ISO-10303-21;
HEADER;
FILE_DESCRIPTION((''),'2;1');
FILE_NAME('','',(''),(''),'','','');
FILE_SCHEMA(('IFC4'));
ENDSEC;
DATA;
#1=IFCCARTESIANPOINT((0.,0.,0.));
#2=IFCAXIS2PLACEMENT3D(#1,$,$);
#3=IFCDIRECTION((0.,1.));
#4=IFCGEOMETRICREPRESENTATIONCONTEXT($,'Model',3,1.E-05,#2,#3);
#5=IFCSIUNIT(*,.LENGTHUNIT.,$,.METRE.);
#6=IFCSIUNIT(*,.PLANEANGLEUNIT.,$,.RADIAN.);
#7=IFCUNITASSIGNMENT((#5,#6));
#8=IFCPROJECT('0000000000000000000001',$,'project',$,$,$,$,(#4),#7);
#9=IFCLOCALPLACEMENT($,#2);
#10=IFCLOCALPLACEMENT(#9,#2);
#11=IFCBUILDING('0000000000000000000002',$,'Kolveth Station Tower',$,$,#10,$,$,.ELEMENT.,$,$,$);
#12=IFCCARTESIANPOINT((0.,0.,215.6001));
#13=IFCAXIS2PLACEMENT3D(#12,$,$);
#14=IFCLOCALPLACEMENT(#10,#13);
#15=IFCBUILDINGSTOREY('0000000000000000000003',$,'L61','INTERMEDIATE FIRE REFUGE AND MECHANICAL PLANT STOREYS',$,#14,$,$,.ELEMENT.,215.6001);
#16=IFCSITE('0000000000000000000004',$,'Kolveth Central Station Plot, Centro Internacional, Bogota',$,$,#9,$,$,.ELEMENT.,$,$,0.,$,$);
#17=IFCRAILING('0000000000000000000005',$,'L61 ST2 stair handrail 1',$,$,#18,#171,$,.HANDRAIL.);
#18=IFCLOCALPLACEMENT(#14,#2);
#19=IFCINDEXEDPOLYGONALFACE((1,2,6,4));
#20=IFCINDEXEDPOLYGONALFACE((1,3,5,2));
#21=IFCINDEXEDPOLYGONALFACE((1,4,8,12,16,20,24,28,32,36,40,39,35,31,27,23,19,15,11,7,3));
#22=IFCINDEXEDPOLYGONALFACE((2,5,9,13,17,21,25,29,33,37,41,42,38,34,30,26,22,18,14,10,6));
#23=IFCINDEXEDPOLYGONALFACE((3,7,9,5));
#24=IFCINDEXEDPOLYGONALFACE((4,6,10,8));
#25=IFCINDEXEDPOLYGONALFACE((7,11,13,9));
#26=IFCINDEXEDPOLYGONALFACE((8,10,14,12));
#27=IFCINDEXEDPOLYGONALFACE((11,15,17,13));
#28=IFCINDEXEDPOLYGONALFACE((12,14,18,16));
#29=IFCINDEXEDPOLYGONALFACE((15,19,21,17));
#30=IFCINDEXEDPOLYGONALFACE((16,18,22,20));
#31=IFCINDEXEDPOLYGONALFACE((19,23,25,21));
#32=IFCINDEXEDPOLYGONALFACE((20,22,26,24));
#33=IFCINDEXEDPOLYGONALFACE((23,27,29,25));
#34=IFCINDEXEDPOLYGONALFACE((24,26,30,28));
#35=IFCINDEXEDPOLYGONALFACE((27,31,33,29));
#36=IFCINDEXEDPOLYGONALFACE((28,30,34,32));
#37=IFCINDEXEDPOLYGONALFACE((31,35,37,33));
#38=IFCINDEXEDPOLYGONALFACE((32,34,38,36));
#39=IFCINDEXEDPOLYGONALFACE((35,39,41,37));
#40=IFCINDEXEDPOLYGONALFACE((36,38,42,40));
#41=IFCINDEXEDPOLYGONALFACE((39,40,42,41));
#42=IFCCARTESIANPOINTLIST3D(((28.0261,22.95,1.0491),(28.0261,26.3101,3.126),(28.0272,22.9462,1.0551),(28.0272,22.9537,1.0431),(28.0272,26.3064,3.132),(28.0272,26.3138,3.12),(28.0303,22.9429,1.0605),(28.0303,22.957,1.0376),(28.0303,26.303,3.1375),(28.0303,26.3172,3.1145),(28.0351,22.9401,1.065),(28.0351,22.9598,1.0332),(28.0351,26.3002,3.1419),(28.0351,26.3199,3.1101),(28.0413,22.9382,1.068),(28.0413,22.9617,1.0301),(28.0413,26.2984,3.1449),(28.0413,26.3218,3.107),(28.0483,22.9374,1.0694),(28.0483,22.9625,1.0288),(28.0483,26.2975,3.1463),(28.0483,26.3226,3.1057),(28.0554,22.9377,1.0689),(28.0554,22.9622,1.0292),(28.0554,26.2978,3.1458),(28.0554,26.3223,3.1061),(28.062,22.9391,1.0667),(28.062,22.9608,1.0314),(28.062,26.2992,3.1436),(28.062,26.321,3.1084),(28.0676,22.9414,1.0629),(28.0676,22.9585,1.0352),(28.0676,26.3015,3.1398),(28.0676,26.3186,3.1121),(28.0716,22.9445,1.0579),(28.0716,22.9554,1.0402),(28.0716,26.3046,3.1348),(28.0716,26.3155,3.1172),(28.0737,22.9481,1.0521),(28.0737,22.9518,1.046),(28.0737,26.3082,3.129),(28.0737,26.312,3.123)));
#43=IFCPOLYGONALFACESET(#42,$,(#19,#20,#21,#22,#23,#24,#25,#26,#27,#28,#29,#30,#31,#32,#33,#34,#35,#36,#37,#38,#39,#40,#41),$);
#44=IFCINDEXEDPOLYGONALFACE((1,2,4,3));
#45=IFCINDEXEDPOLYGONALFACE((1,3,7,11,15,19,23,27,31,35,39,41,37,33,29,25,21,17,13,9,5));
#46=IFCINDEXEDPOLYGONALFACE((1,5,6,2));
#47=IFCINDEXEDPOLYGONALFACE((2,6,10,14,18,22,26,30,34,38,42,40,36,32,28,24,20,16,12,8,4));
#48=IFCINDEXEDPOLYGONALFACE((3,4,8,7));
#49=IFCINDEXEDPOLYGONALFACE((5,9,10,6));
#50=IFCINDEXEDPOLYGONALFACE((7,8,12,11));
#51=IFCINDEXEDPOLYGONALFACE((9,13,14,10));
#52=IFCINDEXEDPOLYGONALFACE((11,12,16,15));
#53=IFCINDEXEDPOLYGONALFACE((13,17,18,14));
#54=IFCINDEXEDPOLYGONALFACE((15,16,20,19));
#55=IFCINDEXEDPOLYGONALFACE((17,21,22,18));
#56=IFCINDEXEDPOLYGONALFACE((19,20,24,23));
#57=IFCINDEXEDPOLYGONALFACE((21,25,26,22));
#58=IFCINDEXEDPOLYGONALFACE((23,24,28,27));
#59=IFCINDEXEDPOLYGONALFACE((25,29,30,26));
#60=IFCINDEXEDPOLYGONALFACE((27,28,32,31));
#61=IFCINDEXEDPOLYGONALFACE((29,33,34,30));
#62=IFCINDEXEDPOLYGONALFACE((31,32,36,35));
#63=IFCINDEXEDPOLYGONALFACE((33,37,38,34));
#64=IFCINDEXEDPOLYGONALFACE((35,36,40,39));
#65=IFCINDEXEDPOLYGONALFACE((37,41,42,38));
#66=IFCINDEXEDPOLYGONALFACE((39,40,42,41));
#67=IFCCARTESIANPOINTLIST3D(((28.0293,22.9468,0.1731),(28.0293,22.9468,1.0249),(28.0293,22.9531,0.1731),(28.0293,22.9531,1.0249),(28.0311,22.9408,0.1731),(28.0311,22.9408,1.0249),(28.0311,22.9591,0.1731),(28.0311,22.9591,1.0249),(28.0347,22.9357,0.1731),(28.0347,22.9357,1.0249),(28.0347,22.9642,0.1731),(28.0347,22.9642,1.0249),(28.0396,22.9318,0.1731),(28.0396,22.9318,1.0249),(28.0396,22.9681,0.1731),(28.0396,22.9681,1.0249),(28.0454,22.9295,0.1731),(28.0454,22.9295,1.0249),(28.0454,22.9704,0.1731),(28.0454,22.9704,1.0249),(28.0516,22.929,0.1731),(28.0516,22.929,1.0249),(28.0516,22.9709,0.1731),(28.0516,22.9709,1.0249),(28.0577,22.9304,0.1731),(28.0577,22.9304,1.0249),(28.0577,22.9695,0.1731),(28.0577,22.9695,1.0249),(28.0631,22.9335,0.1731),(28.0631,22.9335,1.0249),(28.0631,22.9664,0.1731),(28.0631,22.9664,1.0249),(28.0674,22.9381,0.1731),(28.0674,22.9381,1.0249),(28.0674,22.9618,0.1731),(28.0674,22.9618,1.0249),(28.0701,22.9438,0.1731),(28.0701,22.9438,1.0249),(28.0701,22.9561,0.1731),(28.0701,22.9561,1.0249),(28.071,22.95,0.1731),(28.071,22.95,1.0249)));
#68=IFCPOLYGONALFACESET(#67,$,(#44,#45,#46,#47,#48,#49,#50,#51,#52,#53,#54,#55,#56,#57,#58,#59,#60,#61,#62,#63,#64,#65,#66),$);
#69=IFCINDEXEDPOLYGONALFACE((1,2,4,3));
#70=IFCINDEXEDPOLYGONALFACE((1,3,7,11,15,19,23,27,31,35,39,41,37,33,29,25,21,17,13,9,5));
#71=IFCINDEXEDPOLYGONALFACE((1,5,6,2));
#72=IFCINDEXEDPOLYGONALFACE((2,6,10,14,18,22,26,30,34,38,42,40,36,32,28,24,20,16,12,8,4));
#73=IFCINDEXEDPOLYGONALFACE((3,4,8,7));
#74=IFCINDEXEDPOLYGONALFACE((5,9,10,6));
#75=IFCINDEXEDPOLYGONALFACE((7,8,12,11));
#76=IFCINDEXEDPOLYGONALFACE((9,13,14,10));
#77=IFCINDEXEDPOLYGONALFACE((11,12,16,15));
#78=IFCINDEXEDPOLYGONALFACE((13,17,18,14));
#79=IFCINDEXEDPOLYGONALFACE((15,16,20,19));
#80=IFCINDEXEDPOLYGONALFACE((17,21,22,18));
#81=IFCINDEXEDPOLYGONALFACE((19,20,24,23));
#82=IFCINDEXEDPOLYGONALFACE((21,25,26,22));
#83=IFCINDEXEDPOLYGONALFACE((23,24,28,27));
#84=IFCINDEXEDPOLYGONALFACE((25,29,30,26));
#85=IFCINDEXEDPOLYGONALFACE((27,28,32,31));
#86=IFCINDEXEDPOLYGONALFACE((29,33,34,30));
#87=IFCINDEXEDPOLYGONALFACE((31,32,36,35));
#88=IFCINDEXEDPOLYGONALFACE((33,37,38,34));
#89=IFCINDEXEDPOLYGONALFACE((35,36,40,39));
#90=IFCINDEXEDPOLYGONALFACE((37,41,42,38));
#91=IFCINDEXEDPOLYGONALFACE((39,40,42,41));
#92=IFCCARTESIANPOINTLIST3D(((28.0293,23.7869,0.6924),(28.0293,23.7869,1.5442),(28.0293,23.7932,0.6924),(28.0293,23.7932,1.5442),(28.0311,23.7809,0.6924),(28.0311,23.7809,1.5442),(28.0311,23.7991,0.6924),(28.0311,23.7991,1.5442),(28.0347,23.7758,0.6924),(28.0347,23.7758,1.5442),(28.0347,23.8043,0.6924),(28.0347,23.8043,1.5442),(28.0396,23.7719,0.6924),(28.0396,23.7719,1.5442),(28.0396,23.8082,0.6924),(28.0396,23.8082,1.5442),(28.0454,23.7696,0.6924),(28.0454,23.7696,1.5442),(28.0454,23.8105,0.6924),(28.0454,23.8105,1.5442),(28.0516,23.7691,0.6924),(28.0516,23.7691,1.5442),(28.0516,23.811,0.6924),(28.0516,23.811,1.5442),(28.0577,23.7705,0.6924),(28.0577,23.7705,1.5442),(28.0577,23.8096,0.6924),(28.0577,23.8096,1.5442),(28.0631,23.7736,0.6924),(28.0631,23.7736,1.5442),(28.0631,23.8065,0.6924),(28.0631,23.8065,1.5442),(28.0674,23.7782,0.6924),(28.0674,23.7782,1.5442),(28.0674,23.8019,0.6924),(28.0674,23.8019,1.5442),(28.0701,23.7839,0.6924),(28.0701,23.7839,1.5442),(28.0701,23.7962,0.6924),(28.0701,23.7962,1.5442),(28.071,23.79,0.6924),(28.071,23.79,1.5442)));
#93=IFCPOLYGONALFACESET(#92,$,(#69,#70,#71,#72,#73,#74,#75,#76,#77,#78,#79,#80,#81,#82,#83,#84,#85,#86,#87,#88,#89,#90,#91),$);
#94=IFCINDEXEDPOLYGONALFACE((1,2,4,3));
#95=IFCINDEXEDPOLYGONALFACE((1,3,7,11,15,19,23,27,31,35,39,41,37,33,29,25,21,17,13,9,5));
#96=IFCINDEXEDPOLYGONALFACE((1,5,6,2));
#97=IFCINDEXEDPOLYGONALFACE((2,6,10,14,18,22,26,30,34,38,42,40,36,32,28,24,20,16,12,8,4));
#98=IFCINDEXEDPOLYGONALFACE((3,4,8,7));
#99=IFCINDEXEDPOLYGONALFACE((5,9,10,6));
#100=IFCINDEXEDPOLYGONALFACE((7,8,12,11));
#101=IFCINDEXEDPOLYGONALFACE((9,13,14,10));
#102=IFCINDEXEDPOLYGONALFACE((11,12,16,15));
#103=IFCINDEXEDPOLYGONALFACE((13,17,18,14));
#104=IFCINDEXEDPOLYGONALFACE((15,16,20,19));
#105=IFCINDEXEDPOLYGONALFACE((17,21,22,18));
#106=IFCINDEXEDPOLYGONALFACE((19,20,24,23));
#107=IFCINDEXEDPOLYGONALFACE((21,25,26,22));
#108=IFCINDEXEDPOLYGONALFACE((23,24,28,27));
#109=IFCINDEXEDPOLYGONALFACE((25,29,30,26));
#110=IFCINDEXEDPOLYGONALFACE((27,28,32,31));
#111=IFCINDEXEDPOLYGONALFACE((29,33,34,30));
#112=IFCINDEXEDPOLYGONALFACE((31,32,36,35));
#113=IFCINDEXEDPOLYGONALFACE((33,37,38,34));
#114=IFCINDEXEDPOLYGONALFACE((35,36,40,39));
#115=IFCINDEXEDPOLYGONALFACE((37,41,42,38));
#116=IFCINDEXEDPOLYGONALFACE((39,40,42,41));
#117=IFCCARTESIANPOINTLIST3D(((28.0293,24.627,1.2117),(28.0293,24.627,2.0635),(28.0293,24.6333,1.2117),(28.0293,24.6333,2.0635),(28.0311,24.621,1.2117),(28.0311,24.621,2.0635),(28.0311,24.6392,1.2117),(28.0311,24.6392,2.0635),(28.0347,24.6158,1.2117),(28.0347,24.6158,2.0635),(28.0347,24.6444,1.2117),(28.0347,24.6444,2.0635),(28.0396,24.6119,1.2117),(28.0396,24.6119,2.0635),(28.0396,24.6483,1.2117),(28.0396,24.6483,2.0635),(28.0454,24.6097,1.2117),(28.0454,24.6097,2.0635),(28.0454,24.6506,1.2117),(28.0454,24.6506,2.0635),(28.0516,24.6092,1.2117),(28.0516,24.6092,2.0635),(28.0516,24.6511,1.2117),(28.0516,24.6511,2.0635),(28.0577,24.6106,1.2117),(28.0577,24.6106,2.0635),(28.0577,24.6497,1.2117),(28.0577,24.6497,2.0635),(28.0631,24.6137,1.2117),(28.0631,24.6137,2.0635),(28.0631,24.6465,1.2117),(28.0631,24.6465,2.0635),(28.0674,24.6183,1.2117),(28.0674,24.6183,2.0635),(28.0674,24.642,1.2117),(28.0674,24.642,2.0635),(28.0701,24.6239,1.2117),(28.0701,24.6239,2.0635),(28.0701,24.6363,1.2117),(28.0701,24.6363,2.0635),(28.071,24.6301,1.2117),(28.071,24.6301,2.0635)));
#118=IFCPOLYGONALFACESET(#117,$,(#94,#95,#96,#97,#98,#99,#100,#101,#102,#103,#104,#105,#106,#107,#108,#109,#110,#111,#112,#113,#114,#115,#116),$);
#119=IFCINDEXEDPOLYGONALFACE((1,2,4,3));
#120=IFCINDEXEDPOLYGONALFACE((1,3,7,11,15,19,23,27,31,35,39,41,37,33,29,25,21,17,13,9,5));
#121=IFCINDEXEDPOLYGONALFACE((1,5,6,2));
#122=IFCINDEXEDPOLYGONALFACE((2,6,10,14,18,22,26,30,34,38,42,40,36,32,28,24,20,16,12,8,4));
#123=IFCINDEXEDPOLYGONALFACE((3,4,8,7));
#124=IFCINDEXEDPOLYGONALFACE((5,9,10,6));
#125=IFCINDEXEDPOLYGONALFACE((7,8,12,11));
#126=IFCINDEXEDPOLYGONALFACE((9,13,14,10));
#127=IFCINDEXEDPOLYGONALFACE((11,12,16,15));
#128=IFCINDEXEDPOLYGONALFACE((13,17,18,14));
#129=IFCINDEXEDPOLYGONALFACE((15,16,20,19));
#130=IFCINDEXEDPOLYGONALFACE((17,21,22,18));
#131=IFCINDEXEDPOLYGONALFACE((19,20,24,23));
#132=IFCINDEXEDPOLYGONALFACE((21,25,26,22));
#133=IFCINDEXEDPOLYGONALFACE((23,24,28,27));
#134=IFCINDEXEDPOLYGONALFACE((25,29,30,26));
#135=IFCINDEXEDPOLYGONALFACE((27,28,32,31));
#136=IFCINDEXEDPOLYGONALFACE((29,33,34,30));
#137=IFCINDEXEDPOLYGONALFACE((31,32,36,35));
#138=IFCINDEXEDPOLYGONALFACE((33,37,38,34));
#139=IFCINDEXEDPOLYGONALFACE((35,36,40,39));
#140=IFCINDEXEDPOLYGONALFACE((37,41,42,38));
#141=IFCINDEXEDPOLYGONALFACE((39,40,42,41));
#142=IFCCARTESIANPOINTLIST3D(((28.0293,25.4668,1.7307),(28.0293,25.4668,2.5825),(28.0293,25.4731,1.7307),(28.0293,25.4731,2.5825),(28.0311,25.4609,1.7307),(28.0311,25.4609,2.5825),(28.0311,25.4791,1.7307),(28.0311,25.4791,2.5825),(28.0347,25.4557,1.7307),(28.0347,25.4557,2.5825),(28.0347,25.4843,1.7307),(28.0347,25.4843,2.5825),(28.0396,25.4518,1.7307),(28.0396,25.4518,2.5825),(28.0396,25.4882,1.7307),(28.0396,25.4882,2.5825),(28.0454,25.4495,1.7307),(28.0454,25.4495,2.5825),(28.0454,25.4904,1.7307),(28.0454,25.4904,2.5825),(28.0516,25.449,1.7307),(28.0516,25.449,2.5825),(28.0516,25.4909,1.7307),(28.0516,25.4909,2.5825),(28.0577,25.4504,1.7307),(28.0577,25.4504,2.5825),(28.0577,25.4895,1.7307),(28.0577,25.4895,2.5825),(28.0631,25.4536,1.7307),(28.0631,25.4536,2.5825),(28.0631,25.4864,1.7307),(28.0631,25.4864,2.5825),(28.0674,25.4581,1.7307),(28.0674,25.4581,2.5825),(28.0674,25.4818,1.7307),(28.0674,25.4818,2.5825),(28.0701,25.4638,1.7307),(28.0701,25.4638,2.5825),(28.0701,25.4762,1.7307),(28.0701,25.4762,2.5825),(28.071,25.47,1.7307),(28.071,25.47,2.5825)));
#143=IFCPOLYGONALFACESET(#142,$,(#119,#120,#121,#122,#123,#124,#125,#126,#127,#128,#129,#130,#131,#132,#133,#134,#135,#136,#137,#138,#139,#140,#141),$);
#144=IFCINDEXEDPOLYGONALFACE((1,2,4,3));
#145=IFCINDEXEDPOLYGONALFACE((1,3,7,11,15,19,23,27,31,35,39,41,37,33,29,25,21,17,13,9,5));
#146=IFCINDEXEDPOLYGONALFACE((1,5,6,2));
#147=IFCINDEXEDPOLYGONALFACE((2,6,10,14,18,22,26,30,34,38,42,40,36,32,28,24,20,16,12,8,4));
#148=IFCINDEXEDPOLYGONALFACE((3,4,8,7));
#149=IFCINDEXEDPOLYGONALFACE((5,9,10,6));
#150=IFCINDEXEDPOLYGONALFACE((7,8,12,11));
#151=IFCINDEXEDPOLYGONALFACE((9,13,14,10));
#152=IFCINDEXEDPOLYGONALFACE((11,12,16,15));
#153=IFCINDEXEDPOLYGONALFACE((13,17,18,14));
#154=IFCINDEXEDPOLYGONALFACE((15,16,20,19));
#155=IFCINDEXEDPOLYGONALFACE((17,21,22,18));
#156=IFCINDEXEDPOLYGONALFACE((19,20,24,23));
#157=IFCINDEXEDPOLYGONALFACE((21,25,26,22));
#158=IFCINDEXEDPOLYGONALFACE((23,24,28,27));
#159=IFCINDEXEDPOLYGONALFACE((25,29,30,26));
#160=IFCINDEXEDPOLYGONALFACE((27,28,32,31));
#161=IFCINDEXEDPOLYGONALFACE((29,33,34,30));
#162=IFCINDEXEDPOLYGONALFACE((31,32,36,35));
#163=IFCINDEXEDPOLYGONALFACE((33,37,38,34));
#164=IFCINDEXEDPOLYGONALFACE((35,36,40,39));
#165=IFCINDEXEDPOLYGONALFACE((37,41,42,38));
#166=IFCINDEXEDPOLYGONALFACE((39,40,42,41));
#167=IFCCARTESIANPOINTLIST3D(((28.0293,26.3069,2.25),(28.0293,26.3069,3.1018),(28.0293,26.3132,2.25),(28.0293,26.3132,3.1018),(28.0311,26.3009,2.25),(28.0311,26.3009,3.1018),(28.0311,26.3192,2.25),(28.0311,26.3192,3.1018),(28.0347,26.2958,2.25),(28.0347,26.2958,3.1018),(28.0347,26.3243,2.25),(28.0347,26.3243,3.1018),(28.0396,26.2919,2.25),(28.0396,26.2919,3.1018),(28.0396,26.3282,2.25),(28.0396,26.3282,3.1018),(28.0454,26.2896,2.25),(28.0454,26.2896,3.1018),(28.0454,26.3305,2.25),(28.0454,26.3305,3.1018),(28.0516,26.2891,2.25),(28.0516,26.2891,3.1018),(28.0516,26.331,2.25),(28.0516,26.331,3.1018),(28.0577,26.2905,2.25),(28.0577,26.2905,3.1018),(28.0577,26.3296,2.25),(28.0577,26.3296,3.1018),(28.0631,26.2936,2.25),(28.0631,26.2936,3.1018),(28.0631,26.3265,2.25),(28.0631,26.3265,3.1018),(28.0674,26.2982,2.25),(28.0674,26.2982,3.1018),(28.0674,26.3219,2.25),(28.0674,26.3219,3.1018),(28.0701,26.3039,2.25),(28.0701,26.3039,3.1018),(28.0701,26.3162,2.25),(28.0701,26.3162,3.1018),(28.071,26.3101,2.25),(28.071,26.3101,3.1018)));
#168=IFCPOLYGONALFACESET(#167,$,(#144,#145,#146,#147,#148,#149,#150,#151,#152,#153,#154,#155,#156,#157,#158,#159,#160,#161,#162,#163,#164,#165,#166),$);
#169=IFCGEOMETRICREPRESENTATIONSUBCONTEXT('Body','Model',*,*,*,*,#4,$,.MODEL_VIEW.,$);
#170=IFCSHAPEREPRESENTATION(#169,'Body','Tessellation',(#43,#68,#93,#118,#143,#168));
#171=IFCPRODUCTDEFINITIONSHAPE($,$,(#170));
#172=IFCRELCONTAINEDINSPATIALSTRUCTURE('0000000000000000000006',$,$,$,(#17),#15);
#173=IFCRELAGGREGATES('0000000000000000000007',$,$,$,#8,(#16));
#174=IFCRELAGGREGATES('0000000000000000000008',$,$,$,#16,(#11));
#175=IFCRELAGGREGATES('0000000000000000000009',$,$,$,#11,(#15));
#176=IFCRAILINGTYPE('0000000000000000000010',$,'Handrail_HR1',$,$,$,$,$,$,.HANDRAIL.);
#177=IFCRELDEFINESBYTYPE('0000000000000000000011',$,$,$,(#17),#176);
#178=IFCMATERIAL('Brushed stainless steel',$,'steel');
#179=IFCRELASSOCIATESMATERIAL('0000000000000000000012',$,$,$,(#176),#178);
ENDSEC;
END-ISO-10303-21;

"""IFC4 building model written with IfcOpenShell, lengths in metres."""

from ifc_helpers import new_model, si_unit, direction, frame, origin, origin_2d, place, context, subcontext, project, spatial, circle, extrude, material, type_object, element, save


model = new_model("IFC4")

# Units and contexts
model_context = context("Model", 3, precision=1e-05, world=origin(), true_north=direction((0.0, 1.0)))
body_context = subcontext(model_context, "Body", "Model", "MODEL_VIEW")
ifc_project = project(units=[si_unit("LENGTHUNIT", "METRE"), si_unit("PLANEANGLEUNIT", "RADIAN")], contexts=[model_context])

# Site, building, storey
site_placement = place(None, origin())
site = spatial("IfcSite", under=ifc_project, at=site_placement, Name="Kolveth Central Station Plot, Centro Internacional, Bogota", CompositionType="ELEMENT", RefElevation=0.0)
building_placement = place(site_placement, origin())
building = spatial("IfcBuilding", under=site, at=building_placement, Name="Kolveth Station Tower", CompositionType="ELEMENT")
storey_placement = place(building_placement, frame((0.0, 0.0, 215.6001)))
storey = spatial("IfcBuildingStorey", under=building, at=storey_placement, Name="L61", Description="INTERMEDIATE FIRE REFUGE AND MECHANICAL PLANT STOREYS", CompositionType="ELEMENT", Elevation=215.6001)

# Railing
ifc_material_1 = material(Name="Brushed stainless steel", Category="steel")
railing_type_1 = type_object("IfcRailingType", Name="Handrail_HR1", PredefinedType="HANDRAIL", material=ifc_material_1)
railing_1_placement = place(storey_placement, frame((28.05, 22.95, 0.1731)))
element("IfcRailing", 1, at=railing_1_placement, inside=storey, type_object=railing_type_1, Name="L61 ST2 stair handrail 1", PredefinedType="HANDRAIL", context=body_context, shape_type="SweptSolid", body=[
    extrude(circle(Radius=0.0239, at=origin_2d()), frame((0.0, 0.0, 0.876), z_axis=(0.0, 0.850623, 0.525776), x_axis=(-1.0, 0.0, 0.0)), (0.0, 0.0, 1.0), 3.9502),
    extrude(circle(Radius=0.021, at=origin_2d()), origin(), (0.0, 0.0, 1.0), 0.8518),
    extrude(circle(Radius=0.021, at=origin_2d()), frame((0.0, 0.8401, 0.5193)), (0.0, 0.0, 1.0), 0.8518),
    extrude(circle(Radius=0.021, at=origin_2d()), frame((0.0, 1.6802, 1.0386)), (0.0, 0.0, 1.0), 0.8518),
    extrude(circle(Radius=0.021, at=origin_2d()), frame((0.0, 2.52, 1.5576)), (0.0, 0.0, 1.0), 0.8518),
    extrude(circle(Radius=0.021, at=origin_2d()), frame((0.0, 3.3601, 2.0769)), (0.0, 0.0, 1.0), 0.8518),
])

save(model, "model.ifc")
